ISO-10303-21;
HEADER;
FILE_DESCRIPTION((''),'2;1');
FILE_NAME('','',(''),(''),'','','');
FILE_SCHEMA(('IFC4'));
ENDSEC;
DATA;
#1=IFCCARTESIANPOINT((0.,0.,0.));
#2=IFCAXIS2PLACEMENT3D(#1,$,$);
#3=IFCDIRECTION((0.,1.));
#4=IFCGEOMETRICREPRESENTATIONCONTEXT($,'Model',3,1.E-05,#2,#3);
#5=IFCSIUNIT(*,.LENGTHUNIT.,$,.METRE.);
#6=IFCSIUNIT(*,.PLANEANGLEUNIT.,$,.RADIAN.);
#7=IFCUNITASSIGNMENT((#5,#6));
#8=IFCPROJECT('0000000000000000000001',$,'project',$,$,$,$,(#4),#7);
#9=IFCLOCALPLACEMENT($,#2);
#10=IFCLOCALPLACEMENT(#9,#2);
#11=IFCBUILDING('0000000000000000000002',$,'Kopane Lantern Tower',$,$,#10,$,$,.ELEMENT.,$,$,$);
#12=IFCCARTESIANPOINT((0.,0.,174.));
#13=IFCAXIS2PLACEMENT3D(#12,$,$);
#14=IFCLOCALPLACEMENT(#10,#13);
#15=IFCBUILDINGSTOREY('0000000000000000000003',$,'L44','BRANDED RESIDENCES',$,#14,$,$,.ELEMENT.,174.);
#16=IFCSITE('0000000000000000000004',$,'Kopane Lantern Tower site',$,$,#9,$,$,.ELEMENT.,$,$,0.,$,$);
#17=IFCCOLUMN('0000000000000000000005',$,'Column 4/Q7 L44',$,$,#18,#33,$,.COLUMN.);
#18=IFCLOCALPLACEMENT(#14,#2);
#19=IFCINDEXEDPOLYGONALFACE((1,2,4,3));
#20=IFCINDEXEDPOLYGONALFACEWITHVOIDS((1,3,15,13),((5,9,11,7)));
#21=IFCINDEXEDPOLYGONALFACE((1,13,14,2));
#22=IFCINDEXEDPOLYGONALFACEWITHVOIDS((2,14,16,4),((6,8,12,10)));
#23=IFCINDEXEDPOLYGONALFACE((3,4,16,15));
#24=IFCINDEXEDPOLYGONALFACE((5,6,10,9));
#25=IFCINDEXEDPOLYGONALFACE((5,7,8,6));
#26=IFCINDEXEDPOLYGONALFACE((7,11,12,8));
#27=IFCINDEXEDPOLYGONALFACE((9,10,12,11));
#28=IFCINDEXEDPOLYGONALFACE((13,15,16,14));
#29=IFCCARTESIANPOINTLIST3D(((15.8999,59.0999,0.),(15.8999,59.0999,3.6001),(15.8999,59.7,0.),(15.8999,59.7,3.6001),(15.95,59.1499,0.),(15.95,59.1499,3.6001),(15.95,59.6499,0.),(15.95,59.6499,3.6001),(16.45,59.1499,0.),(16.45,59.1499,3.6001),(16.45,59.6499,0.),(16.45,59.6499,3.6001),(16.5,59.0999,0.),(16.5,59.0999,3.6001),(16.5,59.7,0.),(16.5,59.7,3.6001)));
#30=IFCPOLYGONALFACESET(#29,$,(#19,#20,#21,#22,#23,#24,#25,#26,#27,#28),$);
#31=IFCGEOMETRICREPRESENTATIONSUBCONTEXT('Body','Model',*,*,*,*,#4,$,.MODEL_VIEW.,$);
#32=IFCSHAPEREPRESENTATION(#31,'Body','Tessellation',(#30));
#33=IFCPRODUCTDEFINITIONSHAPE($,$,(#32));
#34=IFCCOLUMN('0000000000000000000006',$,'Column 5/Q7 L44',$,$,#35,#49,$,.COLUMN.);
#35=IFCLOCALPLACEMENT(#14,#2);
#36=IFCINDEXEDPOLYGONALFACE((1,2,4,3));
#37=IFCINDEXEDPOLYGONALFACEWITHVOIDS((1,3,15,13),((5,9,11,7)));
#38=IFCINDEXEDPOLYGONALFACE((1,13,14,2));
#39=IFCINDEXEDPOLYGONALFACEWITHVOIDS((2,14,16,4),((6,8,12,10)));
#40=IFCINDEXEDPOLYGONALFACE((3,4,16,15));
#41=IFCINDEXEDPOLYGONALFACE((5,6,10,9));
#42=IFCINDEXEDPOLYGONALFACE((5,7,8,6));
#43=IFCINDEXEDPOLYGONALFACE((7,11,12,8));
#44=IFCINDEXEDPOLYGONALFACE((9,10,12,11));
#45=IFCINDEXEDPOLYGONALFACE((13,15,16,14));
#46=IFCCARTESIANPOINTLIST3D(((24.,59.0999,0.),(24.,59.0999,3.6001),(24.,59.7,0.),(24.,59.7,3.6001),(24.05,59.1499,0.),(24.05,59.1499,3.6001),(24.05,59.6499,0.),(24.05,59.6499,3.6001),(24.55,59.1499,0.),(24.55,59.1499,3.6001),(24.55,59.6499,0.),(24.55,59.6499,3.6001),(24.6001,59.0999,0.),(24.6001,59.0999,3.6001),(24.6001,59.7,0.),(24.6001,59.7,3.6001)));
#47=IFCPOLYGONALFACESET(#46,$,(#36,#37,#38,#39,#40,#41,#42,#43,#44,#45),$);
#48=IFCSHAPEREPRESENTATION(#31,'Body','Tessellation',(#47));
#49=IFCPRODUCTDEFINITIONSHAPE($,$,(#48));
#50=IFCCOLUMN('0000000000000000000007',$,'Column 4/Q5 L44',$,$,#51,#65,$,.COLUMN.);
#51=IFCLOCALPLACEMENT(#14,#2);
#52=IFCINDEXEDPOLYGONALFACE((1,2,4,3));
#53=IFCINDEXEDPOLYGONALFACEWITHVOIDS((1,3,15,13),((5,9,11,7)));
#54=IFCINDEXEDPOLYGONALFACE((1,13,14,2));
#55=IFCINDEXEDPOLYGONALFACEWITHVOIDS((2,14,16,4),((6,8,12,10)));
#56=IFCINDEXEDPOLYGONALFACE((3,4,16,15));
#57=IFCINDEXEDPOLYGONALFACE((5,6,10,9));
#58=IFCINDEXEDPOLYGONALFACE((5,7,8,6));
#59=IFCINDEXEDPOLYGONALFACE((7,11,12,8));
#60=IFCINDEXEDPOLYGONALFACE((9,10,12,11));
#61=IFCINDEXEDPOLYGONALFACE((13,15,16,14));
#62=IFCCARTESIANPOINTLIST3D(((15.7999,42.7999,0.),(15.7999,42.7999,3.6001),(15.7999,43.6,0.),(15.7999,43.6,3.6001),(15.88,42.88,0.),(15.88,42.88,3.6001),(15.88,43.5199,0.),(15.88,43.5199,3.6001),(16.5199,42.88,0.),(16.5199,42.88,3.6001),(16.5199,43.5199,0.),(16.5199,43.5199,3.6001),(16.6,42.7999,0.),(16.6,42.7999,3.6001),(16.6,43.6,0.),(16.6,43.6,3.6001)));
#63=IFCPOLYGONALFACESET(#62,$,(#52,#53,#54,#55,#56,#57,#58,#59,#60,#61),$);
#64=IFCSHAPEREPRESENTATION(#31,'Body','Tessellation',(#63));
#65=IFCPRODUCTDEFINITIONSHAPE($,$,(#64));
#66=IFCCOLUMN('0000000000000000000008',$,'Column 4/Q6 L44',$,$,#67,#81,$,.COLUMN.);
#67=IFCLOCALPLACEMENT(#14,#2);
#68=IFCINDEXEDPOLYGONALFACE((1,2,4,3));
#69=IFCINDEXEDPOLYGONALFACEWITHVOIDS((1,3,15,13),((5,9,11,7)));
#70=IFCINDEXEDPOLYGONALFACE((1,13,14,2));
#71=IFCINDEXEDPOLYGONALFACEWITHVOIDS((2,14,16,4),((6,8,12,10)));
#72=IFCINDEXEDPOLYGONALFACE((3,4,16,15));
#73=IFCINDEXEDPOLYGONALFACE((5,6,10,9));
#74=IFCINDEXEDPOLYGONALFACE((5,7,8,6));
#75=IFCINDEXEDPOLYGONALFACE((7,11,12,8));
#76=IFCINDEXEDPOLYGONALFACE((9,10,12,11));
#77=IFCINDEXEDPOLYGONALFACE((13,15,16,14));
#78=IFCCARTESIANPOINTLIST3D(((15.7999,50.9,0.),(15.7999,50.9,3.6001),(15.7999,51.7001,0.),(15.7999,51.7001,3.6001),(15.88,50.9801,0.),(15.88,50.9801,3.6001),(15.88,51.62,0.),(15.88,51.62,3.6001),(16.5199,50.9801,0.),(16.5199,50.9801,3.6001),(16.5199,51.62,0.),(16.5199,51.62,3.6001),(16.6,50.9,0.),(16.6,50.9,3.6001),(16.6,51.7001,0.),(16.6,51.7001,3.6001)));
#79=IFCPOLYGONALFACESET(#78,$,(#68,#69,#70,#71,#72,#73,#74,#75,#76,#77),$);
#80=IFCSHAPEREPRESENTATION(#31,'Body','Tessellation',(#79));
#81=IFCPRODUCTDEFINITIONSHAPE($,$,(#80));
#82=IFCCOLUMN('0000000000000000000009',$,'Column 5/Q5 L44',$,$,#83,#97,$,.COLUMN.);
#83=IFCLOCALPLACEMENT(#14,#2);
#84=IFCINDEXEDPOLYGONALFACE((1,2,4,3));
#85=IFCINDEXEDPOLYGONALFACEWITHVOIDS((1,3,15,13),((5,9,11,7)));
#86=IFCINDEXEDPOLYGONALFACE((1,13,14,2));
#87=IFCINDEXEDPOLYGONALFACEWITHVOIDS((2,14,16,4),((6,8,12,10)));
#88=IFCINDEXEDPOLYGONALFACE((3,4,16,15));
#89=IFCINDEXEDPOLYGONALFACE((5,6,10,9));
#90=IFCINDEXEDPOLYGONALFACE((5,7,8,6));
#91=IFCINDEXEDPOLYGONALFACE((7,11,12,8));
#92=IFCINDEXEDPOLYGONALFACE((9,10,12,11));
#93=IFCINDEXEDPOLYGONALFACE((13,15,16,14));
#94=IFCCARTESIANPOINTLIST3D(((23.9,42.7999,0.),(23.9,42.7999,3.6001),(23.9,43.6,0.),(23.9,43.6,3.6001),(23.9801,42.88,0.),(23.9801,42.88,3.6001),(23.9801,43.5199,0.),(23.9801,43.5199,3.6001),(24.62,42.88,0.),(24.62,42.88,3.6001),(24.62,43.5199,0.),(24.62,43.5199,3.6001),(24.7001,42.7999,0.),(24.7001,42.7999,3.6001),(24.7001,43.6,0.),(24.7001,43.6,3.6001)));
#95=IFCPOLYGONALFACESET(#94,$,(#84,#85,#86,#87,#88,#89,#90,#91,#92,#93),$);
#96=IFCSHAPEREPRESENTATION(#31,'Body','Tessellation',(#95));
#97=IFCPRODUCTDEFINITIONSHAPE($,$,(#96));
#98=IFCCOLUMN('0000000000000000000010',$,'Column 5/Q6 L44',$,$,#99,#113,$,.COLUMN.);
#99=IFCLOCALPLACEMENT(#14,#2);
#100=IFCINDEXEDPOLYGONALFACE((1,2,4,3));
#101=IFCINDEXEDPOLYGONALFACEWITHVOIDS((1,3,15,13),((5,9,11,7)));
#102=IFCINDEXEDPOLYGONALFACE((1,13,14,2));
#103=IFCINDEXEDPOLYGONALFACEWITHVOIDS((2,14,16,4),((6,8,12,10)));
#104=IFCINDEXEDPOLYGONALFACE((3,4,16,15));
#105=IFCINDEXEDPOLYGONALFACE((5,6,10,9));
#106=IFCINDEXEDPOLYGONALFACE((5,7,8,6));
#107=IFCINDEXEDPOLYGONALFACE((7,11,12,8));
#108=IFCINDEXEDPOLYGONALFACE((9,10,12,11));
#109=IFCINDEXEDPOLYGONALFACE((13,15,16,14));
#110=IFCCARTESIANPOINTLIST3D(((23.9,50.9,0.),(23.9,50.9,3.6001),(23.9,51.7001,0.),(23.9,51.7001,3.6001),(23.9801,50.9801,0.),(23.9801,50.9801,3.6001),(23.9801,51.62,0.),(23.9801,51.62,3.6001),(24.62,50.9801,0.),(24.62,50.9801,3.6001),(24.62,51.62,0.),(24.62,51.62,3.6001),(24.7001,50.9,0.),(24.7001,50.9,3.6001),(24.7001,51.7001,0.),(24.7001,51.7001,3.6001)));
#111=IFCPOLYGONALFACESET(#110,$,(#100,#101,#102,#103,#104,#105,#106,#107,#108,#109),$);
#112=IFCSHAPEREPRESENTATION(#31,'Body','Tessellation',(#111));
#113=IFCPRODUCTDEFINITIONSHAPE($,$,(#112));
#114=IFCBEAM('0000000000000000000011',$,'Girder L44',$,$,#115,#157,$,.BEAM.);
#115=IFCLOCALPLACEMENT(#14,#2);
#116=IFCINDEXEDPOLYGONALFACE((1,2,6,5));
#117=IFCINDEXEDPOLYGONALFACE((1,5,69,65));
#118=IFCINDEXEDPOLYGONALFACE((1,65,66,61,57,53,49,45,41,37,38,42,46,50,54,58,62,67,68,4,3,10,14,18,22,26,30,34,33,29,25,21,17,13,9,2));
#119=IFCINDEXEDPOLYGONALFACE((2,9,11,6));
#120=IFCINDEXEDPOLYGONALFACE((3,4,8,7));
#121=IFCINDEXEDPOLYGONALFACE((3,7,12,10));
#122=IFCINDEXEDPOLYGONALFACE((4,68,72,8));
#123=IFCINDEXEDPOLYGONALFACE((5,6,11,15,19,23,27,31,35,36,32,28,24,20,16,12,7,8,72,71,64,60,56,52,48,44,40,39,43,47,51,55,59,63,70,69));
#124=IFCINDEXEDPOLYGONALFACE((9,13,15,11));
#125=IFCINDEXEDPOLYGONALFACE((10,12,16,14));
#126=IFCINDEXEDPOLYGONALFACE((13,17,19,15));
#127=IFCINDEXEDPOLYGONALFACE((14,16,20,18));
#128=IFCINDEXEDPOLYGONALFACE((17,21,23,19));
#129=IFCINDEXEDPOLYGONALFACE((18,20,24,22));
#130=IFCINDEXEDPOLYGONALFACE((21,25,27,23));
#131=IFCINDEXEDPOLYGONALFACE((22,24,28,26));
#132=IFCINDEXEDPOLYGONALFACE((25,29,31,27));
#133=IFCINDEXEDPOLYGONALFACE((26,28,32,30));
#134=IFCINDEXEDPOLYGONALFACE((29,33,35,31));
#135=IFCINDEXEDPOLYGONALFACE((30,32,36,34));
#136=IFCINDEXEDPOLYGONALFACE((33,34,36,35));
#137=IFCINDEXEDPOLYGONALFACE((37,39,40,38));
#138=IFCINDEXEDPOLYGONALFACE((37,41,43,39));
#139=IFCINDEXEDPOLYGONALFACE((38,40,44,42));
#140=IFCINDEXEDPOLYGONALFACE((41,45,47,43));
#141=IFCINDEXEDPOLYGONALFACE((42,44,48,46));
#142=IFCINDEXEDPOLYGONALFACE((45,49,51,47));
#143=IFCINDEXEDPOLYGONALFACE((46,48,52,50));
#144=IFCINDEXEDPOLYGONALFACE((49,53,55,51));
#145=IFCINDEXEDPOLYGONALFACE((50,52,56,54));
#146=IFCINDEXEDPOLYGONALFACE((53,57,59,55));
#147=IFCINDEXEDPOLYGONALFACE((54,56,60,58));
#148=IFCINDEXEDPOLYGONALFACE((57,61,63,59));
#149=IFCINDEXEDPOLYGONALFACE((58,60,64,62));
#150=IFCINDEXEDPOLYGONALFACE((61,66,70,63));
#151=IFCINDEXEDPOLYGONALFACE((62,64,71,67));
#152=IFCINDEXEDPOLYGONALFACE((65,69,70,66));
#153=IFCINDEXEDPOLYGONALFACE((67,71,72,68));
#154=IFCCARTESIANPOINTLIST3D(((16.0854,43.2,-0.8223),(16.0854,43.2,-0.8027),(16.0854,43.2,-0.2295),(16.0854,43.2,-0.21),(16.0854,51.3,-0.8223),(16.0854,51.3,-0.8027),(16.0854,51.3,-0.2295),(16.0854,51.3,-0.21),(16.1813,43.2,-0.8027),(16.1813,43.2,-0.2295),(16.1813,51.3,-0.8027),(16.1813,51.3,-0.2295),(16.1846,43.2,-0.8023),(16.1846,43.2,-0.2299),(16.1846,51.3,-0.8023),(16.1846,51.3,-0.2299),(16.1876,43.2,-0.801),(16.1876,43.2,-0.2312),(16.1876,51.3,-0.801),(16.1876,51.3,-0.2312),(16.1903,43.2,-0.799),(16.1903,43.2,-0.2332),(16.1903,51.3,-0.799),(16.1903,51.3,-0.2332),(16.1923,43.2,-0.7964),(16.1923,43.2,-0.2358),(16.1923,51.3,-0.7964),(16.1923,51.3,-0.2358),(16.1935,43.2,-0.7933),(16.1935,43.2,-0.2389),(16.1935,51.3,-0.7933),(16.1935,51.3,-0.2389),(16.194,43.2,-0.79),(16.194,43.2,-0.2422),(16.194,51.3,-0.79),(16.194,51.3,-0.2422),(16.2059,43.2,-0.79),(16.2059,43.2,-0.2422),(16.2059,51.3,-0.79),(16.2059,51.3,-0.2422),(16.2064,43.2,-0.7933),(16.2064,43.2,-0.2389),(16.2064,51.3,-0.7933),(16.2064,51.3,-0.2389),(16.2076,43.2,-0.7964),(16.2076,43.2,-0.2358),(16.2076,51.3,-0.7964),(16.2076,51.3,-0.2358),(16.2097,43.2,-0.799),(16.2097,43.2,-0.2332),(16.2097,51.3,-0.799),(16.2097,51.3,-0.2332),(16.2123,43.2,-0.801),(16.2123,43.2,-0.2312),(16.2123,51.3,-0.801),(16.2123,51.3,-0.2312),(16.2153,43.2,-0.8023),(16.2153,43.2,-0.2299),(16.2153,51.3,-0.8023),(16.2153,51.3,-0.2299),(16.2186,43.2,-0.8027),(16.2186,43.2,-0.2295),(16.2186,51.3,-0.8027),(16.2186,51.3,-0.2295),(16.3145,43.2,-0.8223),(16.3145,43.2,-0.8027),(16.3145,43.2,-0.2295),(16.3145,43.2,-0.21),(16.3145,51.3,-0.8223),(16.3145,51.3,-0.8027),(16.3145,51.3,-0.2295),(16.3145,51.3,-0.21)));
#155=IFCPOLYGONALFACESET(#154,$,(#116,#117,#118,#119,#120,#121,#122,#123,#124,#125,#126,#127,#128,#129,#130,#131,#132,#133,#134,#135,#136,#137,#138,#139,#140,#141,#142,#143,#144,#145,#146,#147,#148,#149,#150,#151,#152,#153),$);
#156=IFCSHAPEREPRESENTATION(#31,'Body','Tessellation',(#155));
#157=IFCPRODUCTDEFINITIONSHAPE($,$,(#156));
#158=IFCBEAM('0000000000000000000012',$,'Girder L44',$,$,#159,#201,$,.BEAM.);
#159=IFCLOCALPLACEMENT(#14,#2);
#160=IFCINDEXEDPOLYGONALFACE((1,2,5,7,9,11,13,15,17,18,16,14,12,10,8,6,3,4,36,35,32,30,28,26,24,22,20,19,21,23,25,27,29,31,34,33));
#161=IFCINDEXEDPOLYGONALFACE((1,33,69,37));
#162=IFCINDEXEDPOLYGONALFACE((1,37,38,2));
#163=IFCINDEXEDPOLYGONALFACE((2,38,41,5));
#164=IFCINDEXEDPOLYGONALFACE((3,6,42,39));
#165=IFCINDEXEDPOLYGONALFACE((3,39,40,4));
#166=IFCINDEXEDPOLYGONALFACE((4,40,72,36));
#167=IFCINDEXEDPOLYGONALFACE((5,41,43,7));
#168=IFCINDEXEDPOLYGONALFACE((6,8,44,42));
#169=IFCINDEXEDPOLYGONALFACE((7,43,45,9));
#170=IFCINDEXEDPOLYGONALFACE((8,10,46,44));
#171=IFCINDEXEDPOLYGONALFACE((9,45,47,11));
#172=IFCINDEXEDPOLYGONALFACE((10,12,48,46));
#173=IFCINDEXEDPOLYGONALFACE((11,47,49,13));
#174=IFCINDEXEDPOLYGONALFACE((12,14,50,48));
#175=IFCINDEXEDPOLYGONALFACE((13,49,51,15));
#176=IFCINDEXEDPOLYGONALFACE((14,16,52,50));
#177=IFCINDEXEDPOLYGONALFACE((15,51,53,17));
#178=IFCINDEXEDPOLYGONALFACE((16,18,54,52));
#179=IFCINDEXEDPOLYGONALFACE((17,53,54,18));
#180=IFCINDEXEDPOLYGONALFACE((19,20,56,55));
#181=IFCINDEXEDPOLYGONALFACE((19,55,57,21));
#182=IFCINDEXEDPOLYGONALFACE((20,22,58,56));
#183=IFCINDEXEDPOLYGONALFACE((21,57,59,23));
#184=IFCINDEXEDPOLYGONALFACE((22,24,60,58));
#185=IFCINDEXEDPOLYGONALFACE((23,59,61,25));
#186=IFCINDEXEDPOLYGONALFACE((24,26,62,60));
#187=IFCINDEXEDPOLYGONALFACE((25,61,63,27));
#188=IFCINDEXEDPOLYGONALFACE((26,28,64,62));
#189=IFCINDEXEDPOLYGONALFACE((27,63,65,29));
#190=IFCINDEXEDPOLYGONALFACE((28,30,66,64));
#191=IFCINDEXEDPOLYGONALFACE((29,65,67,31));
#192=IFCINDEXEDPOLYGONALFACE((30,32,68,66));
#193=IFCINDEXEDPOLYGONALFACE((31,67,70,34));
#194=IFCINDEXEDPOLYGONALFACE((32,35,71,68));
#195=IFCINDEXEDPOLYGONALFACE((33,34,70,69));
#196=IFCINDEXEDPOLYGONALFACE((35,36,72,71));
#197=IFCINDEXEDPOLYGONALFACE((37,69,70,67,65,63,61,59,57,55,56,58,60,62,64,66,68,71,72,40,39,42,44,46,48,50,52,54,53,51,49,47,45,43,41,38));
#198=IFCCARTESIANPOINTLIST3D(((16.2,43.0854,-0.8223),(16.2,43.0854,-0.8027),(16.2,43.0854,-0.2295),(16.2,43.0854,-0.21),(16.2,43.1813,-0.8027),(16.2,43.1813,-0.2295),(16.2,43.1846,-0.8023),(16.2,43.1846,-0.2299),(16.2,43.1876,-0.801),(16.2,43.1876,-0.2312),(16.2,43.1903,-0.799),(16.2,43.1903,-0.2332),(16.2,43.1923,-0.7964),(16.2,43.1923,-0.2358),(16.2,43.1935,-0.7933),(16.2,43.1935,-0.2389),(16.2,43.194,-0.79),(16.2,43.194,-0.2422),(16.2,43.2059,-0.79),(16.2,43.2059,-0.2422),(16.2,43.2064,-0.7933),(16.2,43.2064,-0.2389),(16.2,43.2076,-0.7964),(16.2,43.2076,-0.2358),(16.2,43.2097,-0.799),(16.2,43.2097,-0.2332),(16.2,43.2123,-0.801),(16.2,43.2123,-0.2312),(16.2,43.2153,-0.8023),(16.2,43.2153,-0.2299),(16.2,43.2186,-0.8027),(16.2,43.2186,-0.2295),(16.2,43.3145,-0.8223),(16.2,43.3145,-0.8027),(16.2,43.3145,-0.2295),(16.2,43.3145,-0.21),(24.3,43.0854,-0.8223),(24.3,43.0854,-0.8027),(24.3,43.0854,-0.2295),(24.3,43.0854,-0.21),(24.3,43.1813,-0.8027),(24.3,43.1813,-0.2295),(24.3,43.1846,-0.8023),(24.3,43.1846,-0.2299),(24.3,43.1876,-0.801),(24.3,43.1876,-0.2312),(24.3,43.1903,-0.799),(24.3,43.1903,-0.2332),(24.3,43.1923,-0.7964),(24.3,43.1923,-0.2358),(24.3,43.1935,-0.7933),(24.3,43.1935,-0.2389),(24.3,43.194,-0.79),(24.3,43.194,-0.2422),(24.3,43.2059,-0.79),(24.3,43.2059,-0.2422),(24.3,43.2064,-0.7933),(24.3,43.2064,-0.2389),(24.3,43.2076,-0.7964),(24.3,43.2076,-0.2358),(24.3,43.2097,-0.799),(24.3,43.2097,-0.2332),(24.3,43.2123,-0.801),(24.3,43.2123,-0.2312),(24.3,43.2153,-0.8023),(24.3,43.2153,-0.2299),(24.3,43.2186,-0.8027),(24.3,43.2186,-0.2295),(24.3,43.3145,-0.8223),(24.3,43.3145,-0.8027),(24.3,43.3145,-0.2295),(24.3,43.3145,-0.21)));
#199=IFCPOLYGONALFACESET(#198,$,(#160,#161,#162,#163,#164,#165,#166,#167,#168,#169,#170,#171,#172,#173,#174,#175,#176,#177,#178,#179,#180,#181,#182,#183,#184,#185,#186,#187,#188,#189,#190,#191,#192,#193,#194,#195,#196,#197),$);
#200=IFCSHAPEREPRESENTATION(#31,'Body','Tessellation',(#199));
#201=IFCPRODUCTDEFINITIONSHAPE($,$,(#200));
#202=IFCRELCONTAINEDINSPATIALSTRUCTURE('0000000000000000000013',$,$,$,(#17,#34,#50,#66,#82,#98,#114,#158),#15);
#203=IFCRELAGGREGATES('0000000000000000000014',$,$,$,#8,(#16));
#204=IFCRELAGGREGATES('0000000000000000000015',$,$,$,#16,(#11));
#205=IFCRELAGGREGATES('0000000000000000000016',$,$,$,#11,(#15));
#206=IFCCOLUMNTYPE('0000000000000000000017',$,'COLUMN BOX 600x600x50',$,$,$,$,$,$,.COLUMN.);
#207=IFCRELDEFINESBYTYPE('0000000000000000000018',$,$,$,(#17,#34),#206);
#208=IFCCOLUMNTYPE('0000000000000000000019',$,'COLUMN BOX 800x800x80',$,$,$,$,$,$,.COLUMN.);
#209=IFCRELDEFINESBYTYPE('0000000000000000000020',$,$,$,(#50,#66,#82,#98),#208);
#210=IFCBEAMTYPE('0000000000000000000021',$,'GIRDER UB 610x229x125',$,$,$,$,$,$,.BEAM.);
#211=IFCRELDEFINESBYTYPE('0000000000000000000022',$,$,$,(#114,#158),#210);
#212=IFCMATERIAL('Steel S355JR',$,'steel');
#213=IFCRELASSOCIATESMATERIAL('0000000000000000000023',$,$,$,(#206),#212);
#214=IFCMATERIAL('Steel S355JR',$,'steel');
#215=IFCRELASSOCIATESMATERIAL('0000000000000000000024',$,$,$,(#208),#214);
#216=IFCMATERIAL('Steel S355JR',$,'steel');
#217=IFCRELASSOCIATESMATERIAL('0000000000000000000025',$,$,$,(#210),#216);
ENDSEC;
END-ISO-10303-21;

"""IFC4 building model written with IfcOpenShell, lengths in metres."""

from ifc_helpers import new_model, si_unit, direction, frame, origin, origin_2d, place, context, subcontext, project, spatial, hollow_rectangle, i_section, extrude, material, material_profile, profile_set, type_object, element, save


model = new_model("IFC4")

# Units and contexts
model_context = context("Model", 3, precision=1e-05, world=origin(), true_north=direction((0.0, 1.0)))
body_context = subcontext(model_context, "Body", "Model", "MODEL_VIEW")
ifc_project = project(units=[si_unit("LENGTHUNIT", "METRE"), si_unit("PLANEANGLEUNIT", "RADIAN")], contexts=[model_context])

# Site, building, storey
site_placement = place(None, origin())
site = spatial("IfcSite", under=ifc_project, at=site_placement, Name="Kopane Lantern Tower site", CompositionType="ELEMENT", RefElevation=0.0)
building_placement = place(site_placement, origin())
building = spatial("IfcBuilding", under=site, at=building_placement, Name="Kopane Lantern Tower", CompositionType="ELEMENT")
storey_placement = place(building_placement, frame((0.0, 0.0, 174.0)))
storey = spatial("IfcBuildingStorey", under=building, at=storey_placement, Name="L44", Description="BRANDED RESIDENCES", CompositionType="ELEMENT", Elevation=174.0)

# Columns
ifc_material_1 = material(Name="Steel S355JR", Category="steel")
ifc_material_profile_1 = material_profile(ifc_material_1, hollow_rectangle(XDim=0.6001, YDim=0.6001, WallThickness=0.05, at=origin_2d()), Name="BOX 600x600x50")
ifc_profile_set_1 = profile_set([ifc_material_profile_1], Name="Steel S355JR")
column_type_1 = type_object("IfcColumnType", Name="COLUMN BOX 600x600x50", PredefinedType="COLUMN", material=ifc_profile_set_1)
for number, where, z_axis, x_axis, name in (
    (1, (16.2, 59.3999, 0.0), (0.0, 0.0, 1.0), (1.0, 0.0, 0.0), "Column 4/Q7 L44"),
    (2, (24.3, 59.3999, 0.0), (0.0, 0.0, 1.0), (1.0, 0.0, 0.0), "Column 5/Q7 L44"),
):
    element("IfcColumn", number, at=place(storey_placement, frame(where, z_axis=z_axis, x_axis=x_axis)), inside=storey, type_object=column_type_1, Name=name, PredefinedType="COLUMN", context=body_context, shape_type="SweptSolid", body=[
        extrude(hollow_rectangle(XDim=0.6001, YDim=0.6001, WallThickness=0.05, at=origin_2d()), origin(), (0.0, 0.0, 1.0), 3.6001),
    ])
ifc_material_2 = material(Name="Steel S355JR", Category="steel")
ifc_material_profile_2 = material_profile(ifc_material_2, hollow_rectangle(XDim=0.8, YDim=0.8, WallThickness=0.0801, at=origin_2d()), Name="BOX 800x800x80")
ifc_profile_set_2 = profile_set([ifc_material_profile_2], Name="Steel S355JR")
column_type_2 = type_object("IfcColumnType", Name="COLUMN BOX 800x800x80", PredefinedType="COLUMN", material=ifc_profile_set_2)
for number, where, z_axis, x_axis, name in (
    (3, (16.2, 43.2, 0.0), (0.0, 0.0, 1.0), (1.0, 0.0, 0.0), "Column 4/Q5 L44"),
    (4, (16.2, 51.3, 0.0), (0.0, 0.0, 1.0), (1.0, 0.0, 0.0), "Column 4/Q6 L44"),
    (5, (24.3, 43.2, 0.0), (0.0, 0.0, 1.0), (1.0, 0.0, 0.0), "Column 5/Q5 L44"),
    (6, (24.3, 51.3, 0.0), (0.0, 0.0, 1.0), (1.0, 0.0, 0.0), "Column 5/Q6 L44"),
):
    element("IfcColumn", number, at=place(storey_placement, frame(where, z_axis=z_axis, x_axis=x_axis)), inside=storey, type_object=column_type_2, Name=name, PredefinedType="COLUMN", context=body_context, shape_type="SweptSolid", body=[
        extrude(hollow_rectangle(XDim=0.8, YDim=0.8, WallThickness=0.0801, at=origin_2d()), origin(), (0.0, 0.0, 1.0), 3.6001),
    ])

# Beams
ifc_material_3 = material(Name="Steel S355JR", Category="steel")
ifc_material_profile_3 = material_profile(ifc_material_3, i_section(OverallWidth=0.229, OverallDepth=0.6123, WebThickness=0.012, FlangeThickness=0.0195, FilletRadius=0.0127, at=origin_2d()), Name="UB 610x229x125")
ifc_profile_set_3 = profile_set([ifc_material_profile_3], Name="Steel S355JR")
beam_type = type_object("IfcBeamType", Name="GIRDER UB 610x229x125", PredefinedType="BEAM", material=ifc_profile_set_3)
for number, where, z_axis, x_axis, name in (
    (7, (16.2, 43.2, -0.5161), (0.0, 1.0, 0.0), (-1.0, 0.0, 0.0), "Girder L44"),
    (8, (16.2, 43.2, -0.5161), (1.0, 0.0, 0.0), (0.0, 1.0, 0.0), "Girder L44"),
):
    element("IfcBeam", number, at=place(storey_placement, frame(where, z_axis=z_axis, x_axis=x_axis)), inside=storey, type_object=beam_type, Name=name, PredefinedType="BEAM", context=body_context, shape_type="SweptSolid", body=[
        extrude(i_section(OverallWidth=0.229, OverallDepth=0.6123, WebThickness=0.012, FlangeThickness=0.0195, FilletRadius=0.0127, at=origin_2d()), origin(), (0.0, 0.0, 1.0), 8.1001),
    ])

save(model, "model.ifc")
